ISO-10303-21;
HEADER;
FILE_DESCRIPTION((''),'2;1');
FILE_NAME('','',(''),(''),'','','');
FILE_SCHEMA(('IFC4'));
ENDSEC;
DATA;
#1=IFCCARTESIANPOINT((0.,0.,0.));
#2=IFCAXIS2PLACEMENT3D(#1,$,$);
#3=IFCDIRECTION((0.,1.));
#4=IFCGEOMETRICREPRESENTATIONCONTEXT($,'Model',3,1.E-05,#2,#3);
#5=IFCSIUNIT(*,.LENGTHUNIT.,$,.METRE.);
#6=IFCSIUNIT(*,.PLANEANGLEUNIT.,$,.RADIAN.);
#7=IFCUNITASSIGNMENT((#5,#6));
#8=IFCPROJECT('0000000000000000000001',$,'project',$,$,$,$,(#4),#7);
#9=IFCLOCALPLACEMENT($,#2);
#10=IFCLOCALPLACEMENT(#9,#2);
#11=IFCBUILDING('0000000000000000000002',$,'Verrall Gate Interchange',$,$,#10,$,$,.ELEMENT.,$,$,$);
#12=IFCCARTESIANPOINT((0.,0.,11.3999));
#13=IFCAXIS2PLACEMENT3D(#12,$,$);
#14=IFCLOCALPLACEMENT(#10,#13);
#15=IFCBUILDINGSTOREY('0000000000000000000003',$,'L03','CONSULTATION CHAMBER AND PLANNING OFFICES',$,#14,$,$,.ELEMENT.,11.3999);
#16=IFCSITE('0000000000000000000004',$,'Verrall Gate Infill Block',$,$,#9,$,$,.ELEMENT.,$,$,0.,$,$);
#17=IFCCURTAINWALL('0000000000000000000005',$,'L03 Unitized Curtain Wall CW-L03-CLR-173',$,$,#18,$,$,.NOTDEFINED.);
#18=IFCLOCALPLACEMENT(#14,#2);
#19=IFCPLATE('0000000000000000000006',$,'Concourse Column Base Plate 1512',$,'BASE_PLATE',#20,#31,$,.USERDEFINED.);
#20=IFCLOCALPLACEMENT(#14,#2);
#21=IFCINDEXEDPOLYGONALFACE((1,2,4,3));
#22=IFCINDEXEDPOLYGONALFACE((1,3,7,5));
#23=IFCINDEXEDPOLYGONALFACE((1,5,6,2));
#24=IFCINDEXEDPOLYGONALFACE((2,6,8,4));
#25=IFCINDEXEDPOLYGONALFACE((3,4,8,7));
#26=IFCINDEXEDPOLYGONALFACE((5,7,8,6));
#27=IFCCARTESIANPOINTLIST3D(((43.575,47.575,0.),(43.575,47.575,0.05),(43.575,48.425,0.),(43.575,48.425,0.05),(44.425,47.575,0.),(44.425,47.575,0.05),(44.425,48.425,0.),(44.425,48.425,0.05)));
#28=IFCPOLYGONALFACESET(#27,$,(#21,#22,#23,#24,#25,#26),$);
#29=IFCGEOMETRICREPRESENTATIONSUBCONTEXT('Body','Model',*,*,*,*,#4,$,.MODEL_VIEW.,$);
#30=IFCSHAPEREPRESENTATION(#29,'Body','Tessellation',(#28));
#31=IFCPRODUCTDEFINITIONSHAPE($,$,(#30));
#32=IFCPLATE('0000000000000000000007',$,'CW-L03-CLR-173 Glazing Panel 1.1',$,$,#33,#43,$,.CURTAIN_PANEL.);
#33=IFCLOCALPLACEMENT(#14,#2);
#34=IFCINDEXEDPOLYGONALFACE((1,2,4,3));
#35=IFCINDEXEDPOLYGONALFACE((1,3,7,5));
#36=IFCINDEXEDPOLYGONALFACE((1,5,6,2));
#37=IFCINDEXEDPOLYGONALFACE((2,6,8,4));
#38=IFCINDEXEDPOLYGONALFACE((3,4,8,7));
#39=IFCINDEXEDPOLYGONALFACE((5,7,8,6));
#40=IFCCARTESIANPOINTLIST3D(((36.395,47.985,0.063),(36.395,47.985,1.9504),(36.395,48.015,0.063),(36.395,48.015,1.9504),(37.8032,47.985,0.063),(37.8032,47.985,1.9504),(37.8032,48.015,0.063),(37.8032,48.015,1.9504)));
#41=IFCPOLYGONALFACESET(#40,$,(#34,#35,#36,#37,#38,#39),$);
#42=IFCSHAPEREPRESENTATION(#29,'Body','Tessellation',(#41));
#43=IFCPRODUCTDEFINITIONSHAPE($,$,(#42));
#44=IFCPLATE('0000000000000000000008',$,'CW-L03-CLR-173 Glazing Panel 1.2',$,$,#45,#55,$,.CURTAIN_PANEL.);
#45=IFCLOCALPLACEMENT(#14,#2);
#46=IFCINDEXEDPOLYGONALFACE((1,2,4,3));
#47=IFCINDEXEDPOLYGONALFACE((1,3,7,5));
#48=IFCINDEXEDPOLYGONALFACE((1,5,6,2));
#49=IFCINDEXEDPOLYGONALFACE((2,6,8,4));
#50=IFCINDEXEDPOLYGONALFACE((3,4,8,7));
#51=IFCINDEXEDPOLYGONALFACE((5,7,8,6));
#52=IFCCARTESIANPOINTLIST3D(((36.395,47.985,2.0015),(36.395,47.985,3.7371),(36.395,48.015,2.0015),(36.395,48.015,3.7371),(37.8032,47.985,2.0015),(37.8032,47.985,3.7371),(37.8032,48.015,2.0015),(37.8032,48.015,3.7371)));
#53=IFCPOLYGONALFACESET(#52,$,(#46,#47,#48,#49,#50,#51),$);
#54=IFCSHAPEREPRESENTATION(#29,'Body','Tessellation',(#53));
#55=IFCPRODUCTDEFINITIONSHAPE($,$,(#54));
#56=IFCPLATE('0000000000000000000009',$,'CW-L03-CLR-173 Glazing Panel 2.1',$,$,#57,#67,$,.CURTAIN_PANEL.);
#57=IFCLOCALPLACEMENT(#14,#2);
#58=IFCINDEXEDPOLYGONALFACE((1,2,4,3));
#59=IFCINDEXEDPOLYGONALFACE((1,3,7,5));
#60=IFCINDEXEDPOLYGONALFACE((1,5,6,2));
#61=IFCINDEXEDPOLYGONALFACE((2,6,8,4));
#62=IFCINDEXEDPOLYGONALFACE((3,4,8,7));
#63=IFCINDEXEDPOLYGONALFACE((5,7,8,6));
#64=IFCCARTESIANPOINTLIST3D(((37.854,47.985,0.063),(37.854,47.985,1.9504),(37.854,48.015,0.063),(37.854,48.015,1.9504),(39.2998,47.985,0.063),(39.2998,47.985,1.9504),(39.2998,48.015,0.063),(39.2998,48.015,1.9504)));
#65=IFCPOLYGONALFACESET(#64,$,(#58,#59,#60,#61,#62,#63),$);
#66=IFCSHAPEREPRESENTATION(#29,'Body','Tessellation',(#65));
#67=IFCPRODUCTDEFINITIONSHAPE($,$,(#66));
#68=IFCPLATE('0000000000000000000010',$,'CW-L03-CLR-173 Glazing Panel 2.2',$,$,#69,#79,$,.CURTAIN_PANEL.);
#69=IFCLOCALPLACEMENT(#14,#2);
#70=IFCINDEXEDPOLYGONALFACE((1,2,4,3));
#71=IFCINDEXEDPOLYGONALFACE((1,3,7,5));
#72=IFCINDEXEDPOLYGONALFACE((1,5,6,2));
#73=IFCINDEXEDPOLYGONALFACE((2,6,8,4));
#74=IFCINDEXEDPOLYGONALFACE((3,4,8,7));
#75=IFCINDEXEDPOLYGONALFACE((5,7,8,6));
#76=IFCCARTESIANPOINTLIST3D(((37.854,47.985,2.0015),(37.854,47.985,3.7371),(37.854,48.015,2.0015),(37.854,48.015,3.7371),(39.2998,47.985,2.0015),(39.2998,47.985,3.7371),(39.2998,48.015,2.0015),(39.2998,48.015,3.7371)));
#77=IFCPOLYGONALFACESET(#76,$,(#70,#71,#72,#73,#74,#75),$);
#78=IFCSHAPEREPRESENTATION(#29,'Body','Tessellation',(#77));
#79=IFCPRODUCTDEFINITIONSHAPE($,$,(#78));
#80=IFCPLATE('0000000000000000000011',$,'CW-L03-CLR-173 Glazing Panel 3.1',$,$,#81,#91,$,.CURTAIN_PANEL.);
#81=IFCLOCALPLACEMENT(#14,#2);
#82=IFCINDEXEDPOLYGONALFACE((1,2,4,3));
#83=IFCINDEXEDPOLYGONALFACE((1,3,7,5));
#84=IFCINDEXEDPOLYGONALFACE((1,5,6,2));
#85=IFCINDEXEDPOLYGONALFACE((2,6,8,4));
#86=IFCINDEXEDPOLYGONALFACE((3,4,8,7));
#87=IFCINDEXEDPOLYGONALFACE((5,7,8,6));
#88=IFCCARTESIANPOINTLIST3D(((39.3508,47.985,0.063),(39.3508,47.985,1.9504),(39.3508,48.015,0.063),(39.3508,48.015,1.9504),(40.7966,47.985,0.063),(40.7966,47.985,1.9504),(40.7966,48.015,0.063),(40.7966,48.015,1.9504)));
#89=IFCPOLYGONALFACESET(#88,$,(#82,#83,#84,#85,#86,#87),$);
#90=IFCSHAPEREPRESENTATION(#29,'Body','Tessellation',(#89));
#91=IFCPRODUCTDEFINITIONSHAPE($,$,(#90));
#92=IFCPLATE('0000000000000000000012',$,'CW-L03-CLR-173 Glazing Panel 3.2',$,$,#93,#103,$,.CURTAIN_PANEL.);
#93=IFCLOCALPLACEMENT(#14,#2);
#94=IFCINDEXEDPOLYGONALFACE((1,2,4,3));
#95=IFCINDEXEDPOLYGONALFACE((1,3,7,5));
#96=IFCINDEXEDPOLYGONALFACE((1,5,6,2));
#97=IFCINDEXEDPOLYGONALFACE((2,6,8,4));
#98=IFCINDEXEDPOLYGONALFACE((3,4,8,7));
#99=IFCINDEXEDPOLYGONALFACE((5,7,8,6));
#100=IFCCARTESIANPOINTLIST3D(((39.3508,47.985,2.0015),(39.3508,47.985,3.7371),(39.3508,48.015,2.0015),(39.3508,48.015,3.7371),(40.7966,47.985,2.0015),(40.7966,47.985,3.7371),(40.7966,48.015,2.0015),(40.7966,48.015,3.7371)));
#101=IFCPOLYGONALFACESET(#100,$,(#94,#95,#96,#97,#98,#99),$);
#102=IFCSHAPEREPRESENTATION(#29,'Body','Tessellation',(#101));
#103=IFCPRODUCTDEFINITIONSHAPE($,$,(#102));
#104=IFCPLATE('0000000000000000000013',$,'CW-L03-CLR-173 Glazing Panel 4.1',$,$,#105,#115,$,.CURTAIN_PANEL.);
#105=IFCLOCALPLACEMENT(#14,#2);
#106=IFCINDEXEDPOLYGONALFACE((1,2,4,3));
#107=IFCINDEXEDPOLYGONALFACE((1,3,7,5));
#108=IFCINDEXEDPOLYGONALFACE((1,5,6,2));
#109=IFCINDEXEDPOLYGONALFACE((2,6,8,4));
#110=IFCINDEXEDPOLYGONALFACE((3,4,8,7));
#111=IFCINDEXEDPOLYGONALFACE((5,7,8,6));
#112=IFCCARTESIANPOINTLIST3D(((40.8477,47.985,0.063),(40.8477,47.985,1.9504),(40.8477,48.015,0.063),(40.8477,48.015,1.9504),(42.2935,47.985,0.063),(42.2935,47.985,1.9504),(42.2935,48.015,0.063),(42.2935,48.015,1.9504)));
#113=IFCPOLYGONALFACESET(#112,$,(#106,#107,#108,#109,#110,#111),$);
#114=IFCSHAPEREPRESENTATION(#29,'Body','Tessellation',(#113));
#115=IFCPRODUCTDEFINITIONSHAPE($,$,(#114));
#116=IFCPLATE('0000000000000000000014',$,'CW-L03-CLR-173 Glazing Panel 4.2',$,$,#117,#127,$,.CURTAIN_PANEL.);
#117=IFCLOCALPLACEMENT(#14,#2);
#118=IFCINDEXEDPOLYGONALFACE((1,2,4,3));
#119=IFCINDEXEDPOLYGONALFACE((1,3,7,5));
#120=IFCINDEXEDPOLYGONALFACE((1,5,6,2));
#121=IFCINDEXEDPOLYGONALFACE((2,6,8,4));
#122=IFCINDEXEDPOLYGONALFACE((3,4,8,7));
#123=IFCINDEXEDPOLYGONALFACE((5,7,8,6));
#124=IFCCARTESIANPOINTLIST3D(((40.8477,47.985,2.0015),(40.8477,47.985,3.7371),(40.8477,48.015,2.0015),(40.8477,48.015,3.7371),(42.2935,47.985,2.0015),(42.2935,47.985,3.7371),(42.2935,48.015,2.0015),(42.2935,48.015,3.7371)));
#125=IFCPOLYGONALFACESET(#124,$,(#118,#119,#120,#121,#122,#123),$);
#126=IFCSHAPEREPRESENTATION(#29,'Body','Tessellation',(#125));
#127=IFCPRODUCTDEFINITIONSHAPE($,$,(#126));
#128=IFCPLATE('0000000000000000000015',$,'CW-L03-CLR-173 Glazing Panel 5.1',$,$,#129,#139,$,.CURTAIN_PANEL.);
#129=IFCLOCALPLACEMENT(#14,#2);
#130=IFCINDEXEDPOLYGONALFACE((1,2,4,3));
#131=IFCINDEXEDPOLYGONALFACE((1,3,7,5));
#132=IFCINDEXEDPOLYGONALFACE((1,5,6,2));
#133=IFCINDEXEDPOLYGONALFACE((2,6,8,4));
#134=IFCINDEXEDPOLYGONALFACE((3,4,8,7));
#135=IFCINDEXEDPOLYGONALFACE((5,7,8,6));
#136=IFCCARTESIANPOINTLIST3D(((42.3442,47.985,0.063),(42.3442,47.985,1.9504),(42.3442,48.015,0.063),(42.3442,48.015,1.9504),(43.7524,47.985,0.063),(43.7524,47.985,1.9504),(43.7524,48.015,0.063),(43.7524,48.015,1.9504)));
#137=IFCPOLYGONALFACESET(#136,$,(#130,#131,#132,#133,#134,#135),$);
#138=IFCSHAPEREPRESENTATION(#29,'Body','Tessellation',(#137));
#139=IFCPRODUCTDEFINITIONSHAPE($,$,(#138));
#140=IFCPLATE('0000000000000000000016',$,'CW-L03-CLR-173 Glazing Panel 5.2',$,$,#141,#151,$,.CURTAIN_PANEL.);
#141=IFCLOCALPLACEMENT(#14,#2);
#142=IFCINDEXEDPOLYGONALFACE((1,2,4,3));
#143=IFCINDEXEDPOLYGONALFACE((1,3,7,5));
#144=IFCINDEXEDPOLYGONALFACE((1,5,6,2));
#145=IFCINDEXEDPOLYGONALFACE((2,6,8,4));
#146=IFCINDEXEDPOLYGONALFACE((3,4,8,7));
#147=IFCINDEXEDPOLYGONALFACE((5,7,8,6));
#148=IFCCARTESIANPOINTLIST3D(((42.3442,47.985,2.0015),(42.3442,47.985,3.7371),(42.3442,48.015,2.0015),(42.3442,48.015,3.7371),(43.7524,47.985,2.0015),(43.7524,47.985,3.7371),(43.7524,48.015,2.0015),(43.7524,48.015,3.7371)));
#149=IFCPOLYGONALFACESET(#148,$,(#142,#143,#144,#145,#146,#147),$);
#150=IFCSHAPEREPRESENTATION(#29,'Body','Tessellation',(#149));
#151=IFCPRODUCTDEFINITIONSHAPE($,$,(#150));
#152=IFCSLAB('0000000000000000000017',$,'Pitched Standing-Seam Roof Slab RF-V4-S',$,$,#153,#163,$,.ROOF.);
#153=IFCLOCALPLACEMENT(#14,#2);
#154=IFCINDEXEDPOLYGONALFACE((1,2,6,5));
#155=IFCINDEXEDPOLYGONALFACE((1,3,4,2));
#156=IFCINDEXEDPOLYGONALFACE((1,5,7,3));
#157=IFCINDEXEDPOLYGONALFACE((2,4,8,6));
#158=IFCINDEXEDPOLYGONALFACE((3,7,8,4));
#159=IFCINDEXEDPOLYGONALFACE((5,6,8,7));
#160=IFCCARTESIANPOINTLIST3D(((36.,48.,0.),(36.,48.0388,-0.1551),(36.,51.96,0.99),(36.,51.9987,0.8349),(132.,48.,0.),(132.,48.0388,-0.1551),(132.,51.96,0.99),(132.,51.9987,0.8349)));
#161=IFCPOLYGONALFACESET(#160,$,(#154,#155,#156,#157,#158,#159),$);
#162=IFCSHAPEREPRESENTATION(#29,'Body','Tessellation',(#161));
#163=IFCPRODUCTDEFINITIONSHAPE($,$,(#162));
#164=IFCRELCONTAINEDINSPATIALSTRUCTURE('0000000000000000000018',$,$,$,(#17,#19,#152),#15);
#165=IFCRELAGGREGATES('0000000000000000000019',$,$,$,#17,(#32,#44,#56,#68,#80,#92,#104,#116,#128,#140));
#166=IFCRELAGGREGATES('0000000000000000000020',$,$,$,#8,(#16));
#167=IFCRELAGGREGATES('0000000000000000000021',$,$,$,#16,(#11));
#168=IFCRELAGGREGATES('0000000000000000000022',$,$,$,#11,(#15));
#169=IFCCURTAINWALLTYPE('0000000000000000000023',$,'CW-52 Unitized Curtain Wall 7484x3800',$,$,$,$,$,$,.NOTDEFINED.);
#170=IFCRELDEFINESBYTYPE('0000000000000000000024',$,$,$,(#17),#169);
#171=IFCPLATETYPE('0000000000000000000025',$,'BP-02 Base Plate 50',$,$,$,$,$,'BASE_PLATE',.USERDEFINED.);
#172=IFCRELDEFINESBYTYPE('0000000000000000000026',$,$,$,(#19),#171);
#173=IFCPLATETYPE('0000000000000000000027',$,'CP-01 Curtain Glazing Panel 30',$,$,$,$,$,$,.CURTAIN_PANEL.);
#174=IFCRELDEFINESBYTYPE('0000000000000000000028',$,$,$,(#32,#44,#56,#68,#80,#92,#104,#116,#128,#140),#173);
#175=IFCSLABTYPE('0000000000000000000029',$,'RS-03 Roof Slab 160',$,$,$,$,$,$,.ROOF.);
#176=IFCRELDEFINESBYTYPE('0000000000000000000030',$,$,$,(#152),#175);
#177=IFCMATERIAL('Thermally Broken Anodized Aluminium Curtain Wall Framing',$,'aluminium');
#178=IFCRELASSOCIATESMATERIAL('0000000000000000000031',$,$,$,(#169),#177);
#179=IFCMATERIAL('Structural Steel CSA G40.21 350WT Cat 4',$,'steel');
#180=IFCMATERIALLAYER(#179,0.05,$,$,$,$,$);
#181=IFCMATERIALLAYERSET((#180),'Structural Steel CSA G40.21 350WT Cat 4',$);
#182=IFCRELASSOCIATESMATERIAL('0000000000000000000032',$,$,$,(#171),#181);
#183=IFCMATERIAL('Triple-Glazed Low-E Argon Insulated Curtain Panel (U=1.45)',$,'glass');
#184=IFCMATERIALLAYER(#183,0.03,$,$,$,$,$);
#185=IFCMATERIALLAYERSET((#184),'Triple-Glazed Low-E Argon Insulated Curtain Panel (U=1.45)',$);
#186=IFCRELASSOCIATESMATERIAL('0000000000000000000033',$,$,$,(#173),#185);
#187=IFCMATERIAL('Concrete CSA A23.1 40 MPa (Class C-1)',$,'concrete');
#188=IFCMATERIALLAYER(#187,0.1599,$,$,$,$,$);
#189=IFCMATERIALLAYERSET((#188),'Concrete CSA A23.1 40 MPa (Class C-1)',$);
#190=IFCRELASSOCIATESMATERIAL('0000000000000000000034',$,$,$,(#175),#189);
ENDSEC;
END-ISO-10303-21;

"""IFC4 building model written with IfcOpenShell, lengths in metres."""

from ifc_helpers import new_model, si_unit, direction, frame, origin, origin_2d, place, context, subcontext, project, spatial, polyline, rectangle, outline, extrude, material, layer, layer_set, type_object, element, aggregate, save


model = new_model("IFC4")

# Units and contexts
model_context = context("Model", 3, precision=1e-05, world=origin(), true_north=direction((0.0, 1.0)))
body_context = subcontext(model_context, "Body", "Model", "MODEL_VIEW")
ifc_project = project(units=[si_unit("LENGTHUNIT", "METRE"), si_unit("PLANEANGLEUNIT", "RADIAN")], contexts=[model_context])

# Site, building, storey
site_placement = place(None, origin())
site = spatial("IfcSite", under=ifc_project, at=site_placement, Name="Verrall Gate Infill Block", CompositionType="ELEMENT", RefElevation=0.0)
building_placement = place(site_placement, origin())
building = spatial("IfcBuilding", under=site, at=building_placement, Name="Verrall Gate Interchange", CompositionType="ELEMENT")
storey_placement = place(building_placement, frame((0.0, 0.0, 11.3999)))
storey = spatial("IfcBuildingStorey", under=building, at=storey_placement, Name="L03", Description="CONSULTATION CHAMBER AND PLANNING OFFICES", CompositionType="ELEMENT", Elevation=11.3999)

# Curtain wall
ifc_material_1 = material(Name="Thermally Broken Anodized Aluminium Curtain Wall Framing", Category="aluminium")
curtain_wall_type = type_object("IfcCurtainWallType", Name="CW-52 Unitized Curtain Wall 7484x3800", PredefinedType="NOTDEFINED", material=ifc_material_1)
curtain_wall_placement = place(storey_placement, origin())
curtain_wall = element("IfcCurtainWall", 1, at=curtain_wall_placement, inside=storey, type_object=curtain_wall_type, Name="L03 Unitized Curtain Wall CW-L03-CLR-173", PredefinedType="NOTDEFINED")

# Plate
ifc_material_2 = material(Name="Structural Steel CSA G40.21 350WT Cat 4", Category="steel")
ifc_layer_1 = layer(ifc_material_2, 0.05)
ifc_layer_set_1 = layer_set([ifc_layer_1], Name="Structural Steel CSA G40.21 350WT Cat 4")
plate_type_1 = type_object("IfcPlateType", Name="BP-02 Base Plate 50", ElementType="BASE_PLATE", PredefinedType="USERDEFINED", material=ifc_layer_set_1)
plate_1_placement = place(storey_placement, frame((44.0, 48.0, 0.0), z_axis=(0.0, 0.0, 1.0), x_axis=(1.0, 0.0, 0.0)))
element("IfcPlate", 2, at=plate_1_placement, inside=storey, type_object=plate_type_1, Name="Concourse Column Base Plate 1512", ObjectType="BASE_PLATE", PredefinedType="USERDEFINED", context=body_context, shape_type="SweptSolid", body=[
    extrude(rectangle(XDim=0.8501, YDim=0.8501, at=origin_2d()), origin(), (0.0, 0.0, 1.0), 0.05),
])

# Plates
ifc_material_3 = material(Name="Triple-Glazed Low-E Argon Insulated Curtain Panel (U=1.45)", Category="glass")
ifc_layer_2 = layer(ifc_material_3, 0.03)
ifc_layer_set_2 = layer_set([ifc_layer_2], Name="Triple-Glazed Low-E Argon Insulated Curtain Panel (U=1.45)")
plate_type_2 = type_object("IfcPlateType", Name="CP-01 Curtain Glazing Panel 30", PredefinedType="CURTAIN_PANEL", material=ifc_layer_set_2)
plate_2_placement = place(storey_placement, frame((37.0991, 48.0, 0.063), z_axis=(0.0, 0.0, 1.0), x_axis=(1.0, 0.0, 0.0)))
plate_2 = element("IfcPlate", 3, at=plate_2_placement, type_object=plate_type_2, Name="CW-L03-CLR-173 Glazing Panel 1.1", PredefinedType="CURTAIN_PANEL", context=body_context, shape_type="SweptSolid", body=[
    extrude(rectangle(XDim=1.4082, YDim=0.03, at=origin_2d()), origin(), (0.0, 0.0, 1.0), 1.8875),
])
plate_3_placement = place(storey_placement, frame((37.0991, 48.0, 2.0015), z_axis=(0.0, 0.0, 1.0), x_axis=(1.0, 0.0, 0.0)))
plate_3 = element("IfcPlate", 4, at=plate_3_placement, type_object=plate_type_2, Name="CW-L03-CLR-173 Glazing Panel 1.2", PredefinedType="CURTAIN_PANEL", context=body_context, shape_type="SweptSolid", body=[
    extrude(rectangle(XDim=1.4082, YDim=0.03, at=origin_2d()), origin(), (0.0, 0.0, 1.0), 1.7356),
])
plate_4_placement = place(storey_placement, frame((38.5769, 48.0, 0.063), z_axis=(0.0, 0.0, 1.0), x_axis=(1.0, 0.0, 0.0)))
plate_4 = element("IfcPlate", 5, at=plate_4_placement, type_object=plate_type_2, Name="CW-L03-CLR-173 Glazing Panel 2.1", PredefinedType="CURTAIN_PANEL", context=body_context, shape_type="SweptSolid", body=[
    extrude(rectangle(XDim=1.4458, YDim=0.03, at=origin_2d()), origin(), (0.0, 0.0, 1.0), 1.8875),
])
plate_5_placement = place(storey_placement, frame((38.5769, 48.0, 2.0015), z_axis=(0.0, 0.0, 1.0), x_axis=(1.0, 0.0, 0.0)))
plate_5 = element("IfcPlate", 6, at=plate_5_placement, type_object=plate_type_2, Name="CW-L03-CLR-173 Glazing Panel 2.2", PredefinedType="CURTAIN_PANEL", context=body_context, shape_type="SweptSolid", body=[
    extrude(rectangle(XDim=1.4458, YDim=0.03, at=origin_2d()), origin(), (0.0, 0.0, 1.0), 1.7356),
])
plate_6_placement = place(storey_placement, frame((40.0737, 48.0, 0.063), z_axis=(0.0, 0.0, 1.0), x_axis=(1.0, 0.0, 0.0)))
plate_6 = element("IfcPlate", 7, at=plate_6_placement, type_object=plate_type_2, Name="CW-L03-CLR-173 Glazing Panel 3.1", PredefinedType="CURTAIN_PANEL", context=body_context, shape_type="SweptSolid", body=[
    extrude(rectangle(XDim=1.4458, YDim=0.03, at=origin_2d()), origin(), (0.0, 0.0, 1.0), 1.8875),
])
plate_7_placement = place(storey_placement, frame((40.0737, 48.0, 2.0015), z_axis=(0.0, 0.0, 1.0), x_axis=(1.0, 0.0, 0.0)))
plate_7 = element("IfcPlate", 8, at=plate_7_placement, type_object=plate_type_2, Name="CW-L03-CLR-173 Glazing Panel 3.2", PredefinedType="CURTAIN_PANEL", context=body_context, shape_type="SweptSolid", body=[
    extrude(rectangle(XDim=1.4458, YDim=0.03, at=origin_2d()), origin(), (0.0, 0.0, 1.0), 1.7356),
])
plate_8_placement = place(storey_placement, frame((41.5706, 48.0, 0.063), z_axis=(0.0, 0.0, 1.0), x_axis=(1.0, 0.0, 0.0)))
plate_8 = element("IfcPlate", 9, at=plate_8_placement, type_object=plate_type_2, Name="CW-L03-CLR-173 Glazing Panel 4.1", PredefinedType="CURTAIN_PANEL", context=body_context, shape_type="SweptSolid", body=[
    extrude(rectangle(XDim=1.4458, YDim=0.03, at=origin_2d()), origin(), (0.0, 0.0, 1.0), 1.8875),
])
plate_9_placement = place(storey_placement, frame((41.5706, 48.0, 2.0015), z_axis=(0.0, 0.0, 1.0), x_axis=(1.0, 0.0, 0.0)))
plate_9 = element("IfcPlate", 10, at=plate_9_placement, type_object=plate_type_2, Name="CW-L03-CLR-173 Glazing Panel 4.2", PredefinedType="CURTAIN_PANEL", context=body_context, shape_type="SweptSolid", body=[
    extrude(rectangle(XDim=1.4458, YDim=0.03, at=origin_2d()), origin(), (0.0, 0.0, 1.0), 1.7356),
])
plate_10_placement = place(storey_placement, frame((43.0483, 48.0, 0.063), z_axis=(0.0, 0.0, 1.0), x_axis=(1.0, 0.0, 0.0)))
plate_10 = element("IfcPlate", 11, at=plate_10_placement, type_object=plate_type_2, Name="CW-L03-CLR-173 Glazing Panel 5.1", PredefinedType="CURTAIN_PANEL", context=body_context, shape_type="SweptSolid", body=[
    extrude(rectangle(XDim=1.4082, YDim=0.03, at=origin_2d()), origin(), (0.0, 0.0, 1.0), 1.8875),
])
plate_11_placement = place(storey_placement, frame((43.0483, 48.0, 2.0015), z_axis=(0.0, 0.0, 1.0), x_axis=(1.0, 0.0, 0.0)))
plate_11 = element("IfcPlate", 12, at=plate_11_placement, type_object=plate_type_2, Name="CW-L03-CLR-173 Glazing Panel 5.2", PredefinedType="CURTAIN_PANEL", context=body_context, shape_type="SweptSolid", body=[
    extrude(rectangle(XDim=1.4082, YDim=0.03, at=origin_2d()), origin(), (0.0, 0.0, 1.0), 1.7356),
])
aggregate(curtain_wall, [plate_2, plate_3, plate_4, plate_5, plate_6, plate_7, plate_8, plate_9, plate_10, plate_11])

# Slab
ifc_material_4 = material(Name="Concrete CSA A23.1 40 MPa (Class C-1)", Category="concrete")
ifc_layer_3 = layer(ifc_material_4, 0.1599)
ifc_layer_set_3 = layer_set([ifc_layer_3], Name="Concrete CSA A23.1 40 MPa (Class C-1)")
slab_type = type_object("IfcSlabType", Name="RS-03 Roof Slab 160", PredefinedType="ROOF", material=ifc_layer_set_3)
slab_placement = place(storey_placement, frame((36.0, 48.0, 0.0), z_axis=(0.0, -0.242536, 0.970143), x_axis=(1.0, 0.0, 0.0)))
element("IfcSlab", 13, at=slab_placement, inside=storey, type_object=slab_type, Name="Pitched Standing-Seam Roof Slab RF-V4-S", PredefinedType="ROOF", context=body_context, shape_type="SweptSolid", body=[
    extrude(outline(polyline([(0.0, 0.0), (96.0, 0.0), (96.0, 4.0818), (0.0, 4.0818), (0.0, 0.0)])), origin(), (0.0, 0.0, -1.0), 0.1599),
])

save(model, "model.ifc")
